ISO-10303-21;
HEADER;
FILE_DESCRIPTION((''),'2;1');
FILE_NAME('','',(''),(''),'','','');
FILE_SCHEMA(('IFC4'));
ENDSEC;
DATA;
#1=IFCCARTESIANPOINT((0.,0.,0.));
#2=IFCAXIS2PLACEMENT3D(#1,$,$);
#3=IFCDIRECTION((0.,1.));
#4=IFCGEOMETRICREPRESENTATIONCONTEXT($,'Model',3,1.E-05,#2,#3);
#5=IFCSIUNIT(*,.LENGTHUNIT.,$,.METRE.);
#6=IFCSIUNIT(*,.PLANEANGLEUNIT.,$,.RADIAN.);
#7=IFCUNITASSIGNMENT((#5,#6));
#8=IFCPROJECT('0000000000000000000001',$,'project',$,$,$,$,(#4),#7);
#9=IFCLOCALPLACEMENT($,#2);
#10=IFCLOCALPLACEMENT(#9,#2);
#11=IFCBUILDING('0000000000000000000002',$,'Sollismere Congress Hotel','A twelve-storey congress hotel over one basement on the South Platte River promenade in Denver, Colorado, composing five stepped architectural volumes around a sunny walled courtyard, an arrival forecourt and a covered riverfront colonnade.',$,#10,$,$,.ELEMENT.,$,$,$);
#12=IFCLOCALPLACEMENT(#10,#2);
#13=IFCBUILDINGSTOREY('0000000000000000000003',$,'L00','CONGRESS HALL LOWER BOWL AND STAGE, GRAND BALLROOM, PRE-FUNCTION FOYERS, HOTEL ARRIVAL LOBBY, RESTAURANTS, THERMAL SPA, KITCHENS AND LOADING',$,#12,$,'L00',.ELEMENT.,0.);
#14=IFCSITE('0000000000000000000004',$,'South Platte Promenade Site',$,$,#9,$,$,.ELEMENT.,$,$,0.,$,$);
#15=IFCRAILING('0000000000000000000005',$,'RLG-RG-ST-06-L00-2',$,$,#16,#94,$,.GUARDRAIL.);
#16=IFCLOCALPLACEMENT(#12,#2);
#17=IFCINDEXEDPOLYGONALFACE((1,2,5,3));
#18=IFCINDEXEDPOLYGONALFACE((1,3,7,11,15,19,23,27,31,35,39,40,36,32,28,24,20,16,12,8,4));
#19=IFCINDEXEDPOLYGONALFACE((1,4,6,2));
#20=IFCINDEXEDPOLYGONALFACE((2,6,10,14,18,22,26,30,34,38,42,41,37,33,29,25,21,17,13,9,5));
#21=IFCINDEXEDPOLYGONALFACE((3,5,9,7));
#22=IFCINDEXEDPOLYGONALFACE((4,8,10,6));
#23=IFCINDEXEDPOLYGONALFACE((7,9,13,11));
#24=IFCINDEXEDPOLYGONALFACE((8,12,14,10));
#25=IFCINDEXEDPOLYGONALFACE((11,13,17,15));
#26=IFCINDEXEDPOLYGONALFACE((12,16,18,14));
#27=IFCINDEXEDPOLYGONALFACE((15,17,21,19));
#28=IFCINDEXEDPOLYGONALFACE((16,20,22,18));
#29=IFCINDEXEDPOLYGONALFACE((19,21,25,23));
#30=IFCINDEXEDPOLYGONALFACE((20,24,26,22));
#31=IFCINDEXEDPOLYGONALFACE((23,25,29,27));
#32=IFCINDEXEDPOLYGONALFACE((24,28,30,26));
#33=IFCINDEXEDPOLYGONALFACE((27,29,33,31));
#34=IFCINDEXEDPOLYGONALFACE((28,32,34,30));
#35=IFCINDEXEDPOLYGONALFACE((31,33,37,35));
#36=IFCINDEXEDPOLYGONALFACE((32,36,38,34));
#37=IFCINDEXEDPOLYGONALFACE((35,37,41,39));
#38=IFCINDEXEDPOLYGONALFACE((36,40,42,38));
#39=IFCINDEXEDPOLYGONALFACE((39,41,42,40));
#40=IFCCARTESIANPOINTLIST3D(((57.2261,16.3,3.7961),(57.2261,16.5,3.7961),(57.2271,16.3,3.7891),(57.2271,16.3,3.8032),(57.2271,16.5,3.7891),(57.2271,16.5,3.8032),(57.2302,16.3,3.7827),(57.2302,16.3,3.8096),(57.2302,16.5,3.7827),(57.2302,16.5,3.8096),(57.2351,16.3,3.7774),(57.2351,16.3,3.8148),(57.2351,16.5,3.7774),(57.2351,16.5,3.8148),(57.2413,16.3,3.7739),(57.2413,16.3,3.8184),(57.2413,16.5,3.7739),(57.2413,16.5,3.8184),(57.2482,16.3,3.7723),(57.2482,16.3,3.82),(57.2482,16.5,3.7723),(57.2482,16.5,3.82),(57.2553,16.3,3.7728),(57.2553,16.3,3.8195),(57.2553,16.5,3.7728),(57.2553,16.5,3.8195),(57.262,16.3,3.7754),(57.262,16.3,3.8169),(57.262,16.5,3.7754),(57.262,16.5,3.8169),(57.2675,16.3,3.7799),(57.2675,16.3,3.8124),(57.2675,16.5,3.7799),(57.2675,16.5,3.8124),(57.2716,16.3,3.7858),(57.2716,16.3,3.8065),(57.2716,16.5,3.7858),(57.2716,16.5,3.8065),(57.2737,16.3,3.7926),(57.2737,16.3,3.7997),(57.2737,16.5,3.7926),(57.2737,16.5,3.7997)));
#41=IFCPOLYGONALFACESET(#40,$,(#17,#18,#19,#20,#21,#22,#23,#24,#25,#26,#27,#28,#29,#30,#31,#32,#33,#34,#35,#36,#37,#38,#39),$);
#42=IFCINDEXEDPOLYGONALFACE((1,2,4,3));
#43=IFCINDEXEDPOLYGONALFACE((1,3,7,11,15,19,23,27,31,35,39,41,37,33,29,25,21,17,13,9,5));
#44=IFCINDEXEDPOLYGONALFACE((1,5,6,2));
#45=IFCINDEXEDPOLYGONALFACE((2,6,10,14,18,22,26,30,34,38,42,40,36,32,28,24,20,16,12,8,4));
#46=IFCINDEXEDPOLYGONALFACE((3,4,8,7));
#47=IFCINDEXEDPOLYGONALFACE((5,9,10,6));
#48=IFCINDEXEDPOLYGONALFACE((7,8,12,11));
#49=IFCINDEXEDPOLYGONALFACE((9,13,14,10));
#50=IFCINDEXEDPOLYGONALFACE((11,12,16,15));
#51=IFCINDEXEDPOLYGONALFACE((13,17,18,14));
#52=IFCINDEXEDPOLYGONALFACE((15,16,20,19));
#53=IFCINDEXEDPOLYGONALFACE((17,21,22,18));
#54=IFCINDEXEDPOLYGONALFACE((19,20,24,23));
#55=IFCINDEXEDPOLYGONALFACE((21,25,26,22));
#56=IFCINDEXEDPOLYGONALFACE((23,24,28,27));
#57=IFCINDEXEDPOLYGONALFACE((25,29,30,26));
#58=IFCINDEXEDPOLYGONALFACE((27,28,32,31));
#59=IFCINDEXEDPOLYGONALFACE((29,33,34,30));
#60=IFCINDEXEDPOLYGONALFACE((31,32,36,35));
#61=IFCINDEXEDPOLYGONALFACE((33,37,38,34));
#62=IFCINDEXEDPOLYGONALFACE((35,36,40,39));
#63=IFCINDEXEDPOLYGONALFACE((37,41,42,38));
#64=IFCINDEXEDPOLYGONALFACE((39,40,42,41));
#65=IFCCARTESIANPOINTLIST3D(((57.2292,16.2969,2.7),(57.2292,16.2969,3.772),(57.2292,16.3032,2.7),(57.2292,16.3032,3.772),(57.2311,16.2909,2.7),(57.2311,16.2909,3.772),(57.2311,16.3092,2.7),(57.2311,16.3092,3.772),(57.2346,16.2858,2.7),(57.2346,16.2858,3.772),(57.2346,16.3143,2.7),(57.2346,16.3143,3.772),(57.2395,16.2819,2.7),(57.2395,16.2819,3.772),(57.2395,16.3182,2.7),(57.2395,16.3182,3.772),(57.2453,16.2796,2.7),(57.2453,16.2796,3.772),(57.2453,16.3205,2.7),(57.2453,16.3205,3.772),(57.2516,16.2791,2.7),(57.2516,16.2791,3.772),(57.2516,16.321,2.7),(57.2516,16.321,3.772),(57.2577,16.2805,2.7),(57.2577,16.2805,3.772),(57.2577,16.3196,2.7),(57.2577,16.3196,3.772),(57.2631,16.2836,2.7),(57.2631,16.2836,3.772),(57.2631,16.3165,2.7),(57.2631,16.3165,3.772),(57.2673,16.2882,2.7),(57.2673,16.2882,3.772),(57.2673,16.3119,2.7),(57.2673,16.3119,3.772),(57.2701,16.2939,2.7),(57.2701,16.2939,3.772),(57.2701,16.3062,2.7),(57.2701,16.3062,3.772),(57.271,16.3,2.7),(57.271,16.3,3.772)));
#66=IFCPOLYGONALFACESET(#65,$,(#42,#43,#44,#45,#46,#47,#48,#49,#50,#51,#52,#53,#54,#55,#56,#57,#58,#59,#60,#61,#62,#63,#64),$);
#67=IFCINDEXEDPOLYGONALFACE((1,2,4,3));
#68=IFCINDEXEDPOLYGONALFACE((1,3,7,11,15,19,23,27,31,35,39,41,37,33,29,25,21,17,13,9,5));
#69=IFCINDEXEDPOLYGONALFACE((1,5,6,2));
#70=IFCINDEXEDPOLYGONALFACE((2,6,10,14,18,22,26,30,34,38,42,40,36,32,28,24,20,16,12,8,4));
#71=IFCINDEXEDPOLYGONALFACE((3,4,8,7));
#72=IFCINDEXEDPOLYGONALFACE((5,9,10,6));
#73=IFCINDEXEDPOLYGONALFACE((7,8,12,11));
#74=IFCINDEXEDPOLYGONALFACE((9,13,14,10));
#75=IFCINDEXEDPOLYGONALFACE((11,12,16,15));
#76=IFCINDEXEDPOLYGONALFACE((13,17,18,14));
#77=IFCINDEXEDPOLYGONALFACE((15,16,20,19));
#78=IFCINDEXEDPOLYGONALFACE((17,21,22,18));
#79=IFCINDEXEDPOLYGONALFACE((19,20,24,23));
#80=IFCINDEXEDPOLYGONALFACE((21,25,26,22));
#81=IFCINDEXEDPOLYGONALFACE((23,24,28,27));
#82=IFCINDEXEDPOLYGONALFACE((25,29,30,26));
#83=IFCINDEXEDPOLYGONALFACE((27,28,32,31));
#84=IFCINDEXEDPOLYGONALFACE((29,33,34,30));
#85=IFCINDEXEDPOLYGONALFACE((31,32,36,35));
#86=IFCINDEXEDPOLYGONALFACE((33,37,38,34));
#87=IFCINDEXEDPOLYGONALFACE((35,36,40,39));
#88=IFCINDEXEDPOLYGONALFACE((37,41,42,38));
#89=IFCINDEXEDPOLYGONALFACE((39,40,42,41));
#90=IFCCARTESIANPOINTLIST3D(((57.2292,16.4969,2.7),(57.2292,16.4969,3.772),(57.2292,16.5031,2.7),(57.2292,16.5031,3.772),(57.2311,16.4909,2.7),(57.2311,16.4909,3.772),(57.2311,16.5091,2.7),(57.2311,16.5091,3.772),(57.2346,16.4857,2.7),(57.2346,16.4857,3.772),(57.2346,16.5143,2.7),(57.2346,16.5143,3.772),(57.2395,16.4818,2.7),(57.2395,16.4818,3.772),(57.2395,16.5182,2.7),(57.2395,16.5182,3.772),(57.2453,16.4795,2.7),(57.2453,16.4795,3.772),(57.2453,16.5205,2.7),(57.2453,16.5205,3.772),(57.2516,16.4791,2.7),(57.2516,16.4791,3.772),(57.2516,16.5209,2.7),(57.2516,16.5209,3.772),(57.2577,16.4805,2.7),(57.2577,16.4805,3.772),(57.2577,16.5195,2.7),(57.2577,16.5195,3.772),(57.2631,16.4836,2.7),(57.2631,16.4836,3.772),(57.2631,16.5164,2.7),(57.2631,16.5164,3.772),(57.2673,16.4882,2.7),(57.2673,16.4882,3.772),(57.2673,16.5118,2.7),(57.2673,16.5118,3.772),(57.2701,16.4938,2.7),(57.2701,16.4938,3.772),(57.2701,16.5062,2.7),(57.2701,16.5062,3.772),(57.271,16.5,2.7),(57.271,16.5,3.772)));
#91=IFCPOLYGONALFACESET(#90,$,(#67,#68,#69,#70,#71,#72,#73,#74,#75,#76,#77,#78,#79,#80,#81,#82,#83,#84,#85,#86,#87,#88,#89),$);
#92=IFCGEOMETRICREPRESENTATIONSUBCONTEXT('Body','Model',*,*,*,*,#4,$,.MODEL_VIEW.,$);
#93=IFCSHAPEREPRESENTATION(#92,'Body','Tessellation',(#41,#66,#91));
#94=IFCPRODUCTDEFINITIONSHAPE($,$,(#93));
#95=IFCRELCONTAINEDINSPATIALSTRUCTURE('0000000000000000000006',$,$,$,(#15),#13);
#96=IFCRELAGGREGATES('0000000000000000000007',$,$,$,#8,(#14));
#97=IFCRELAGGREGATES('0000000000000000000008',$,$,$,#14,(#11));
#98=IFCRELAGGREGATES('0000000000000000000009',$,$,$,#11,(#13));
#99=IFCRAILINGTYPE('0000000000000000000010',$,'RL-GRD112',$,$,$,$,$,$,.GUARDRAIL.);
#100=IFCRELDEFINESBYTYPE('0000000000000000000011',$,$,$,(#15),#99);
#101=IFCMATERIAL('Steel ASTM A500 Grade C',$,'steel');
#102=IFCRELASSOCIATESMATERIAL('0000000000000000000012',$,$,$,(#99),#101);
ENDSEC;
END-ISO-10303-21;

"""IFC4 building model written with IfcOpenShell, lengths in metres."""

from ifc_helpers import new_model, si_unit, direction, frame, origin, origin_2d, place, context, subcontext, project, spatial, circle, extrude, material, type_object, element, save


model = new_model("IFC4")

# Units and contexts
model_context = context("Model", 3, precision=1e-05, world=origin(), true_north=direction((0.0, 1.0)))
body_context = subcontext(model_context, "Body", "Model", "MODEL_VIEW")
ifc_project = project(units=[si_unit("LENGTHUNIT", "METRE"), si_unit("PLANEANGLEUNIT", "RADIAN")], contexts=[model_context])

# Site, building, storey
site_placement = place(None, origin())
site = spatial("IfcSite", under=ifc_project, at=site_placement, Name="South Platte Promenade Site", CompositionType="ELEMENT", RefElevation=0.0)
building_placement = place(site_placement, origin())
building = spatial("IfcBuilding", under=site, at=building_placement, Name="Sollismere Congress Hotel", Description="A twelve-storey congress hotel over one basement on the South Platte River promenade in Denver, Colorado, composing five stepped architectural volumes around a sunny walled courtyard, an arrival forecourt and a covered riverfront colonnade.", CompositionType="ELEMENT")
storey_placement = place(building_placement, origin())
storey = spatial("IfcBuildingStorey", under=building, at=storey_placement, Name="L00", Description="CONGRESS HALL LOWER BOWL AND STAGE, GRAND BALLROOM, PRE-FUNCTION FOYERS, HOTEL ARRIVAL LOBBY, RESTAURANTS, THERMAL SPA, KITCHENS AND LOADING", LongName="L00", CompositionType="ELEMENT", Elevation=0.0)

# Railing
ifc_material_1 = material(Name="Steel ASTM A500 Grade C", Category="steel")
railing_type_1 = type_object("IfcRailingType", Name="RL-GRD112", PredefinedType="GUARDRAIL", material=ifc_material_1)
railing_1_placement = place(storey_placement, frame((57.25, 16.3, 2.7)))
element("IfcRailing", 1, at=railing_1_placement, inside=storey, type_object=railing_type_1, Name="RLG-RG-ST-06-L00-2", PredefinedType="GUARDRAIL", context=body_context, shape_type="SweptSolid", body=[
    extrude(circle(Radius=0.0239, at=origin_2d()), frame((0.0, 0.0, 1.0962), z_axis=(0.0, 1.0, 0.0), x_axis=(-1.0, 0.0, 0.0)), (0.0, 0.0, 1.0), 0.2),
    extrude(circle(Radius=0.021, at=origin_2d()), origin(), (0.0, 0.0, 1.0), 1.072),
    extrude(circle(Radius=0.021, at=origin_2d()), frame((0.0, 0.2, 0.0)), (0.0, 0.0, 1.0), 1.072),
])

save(model, "model.ifc")
